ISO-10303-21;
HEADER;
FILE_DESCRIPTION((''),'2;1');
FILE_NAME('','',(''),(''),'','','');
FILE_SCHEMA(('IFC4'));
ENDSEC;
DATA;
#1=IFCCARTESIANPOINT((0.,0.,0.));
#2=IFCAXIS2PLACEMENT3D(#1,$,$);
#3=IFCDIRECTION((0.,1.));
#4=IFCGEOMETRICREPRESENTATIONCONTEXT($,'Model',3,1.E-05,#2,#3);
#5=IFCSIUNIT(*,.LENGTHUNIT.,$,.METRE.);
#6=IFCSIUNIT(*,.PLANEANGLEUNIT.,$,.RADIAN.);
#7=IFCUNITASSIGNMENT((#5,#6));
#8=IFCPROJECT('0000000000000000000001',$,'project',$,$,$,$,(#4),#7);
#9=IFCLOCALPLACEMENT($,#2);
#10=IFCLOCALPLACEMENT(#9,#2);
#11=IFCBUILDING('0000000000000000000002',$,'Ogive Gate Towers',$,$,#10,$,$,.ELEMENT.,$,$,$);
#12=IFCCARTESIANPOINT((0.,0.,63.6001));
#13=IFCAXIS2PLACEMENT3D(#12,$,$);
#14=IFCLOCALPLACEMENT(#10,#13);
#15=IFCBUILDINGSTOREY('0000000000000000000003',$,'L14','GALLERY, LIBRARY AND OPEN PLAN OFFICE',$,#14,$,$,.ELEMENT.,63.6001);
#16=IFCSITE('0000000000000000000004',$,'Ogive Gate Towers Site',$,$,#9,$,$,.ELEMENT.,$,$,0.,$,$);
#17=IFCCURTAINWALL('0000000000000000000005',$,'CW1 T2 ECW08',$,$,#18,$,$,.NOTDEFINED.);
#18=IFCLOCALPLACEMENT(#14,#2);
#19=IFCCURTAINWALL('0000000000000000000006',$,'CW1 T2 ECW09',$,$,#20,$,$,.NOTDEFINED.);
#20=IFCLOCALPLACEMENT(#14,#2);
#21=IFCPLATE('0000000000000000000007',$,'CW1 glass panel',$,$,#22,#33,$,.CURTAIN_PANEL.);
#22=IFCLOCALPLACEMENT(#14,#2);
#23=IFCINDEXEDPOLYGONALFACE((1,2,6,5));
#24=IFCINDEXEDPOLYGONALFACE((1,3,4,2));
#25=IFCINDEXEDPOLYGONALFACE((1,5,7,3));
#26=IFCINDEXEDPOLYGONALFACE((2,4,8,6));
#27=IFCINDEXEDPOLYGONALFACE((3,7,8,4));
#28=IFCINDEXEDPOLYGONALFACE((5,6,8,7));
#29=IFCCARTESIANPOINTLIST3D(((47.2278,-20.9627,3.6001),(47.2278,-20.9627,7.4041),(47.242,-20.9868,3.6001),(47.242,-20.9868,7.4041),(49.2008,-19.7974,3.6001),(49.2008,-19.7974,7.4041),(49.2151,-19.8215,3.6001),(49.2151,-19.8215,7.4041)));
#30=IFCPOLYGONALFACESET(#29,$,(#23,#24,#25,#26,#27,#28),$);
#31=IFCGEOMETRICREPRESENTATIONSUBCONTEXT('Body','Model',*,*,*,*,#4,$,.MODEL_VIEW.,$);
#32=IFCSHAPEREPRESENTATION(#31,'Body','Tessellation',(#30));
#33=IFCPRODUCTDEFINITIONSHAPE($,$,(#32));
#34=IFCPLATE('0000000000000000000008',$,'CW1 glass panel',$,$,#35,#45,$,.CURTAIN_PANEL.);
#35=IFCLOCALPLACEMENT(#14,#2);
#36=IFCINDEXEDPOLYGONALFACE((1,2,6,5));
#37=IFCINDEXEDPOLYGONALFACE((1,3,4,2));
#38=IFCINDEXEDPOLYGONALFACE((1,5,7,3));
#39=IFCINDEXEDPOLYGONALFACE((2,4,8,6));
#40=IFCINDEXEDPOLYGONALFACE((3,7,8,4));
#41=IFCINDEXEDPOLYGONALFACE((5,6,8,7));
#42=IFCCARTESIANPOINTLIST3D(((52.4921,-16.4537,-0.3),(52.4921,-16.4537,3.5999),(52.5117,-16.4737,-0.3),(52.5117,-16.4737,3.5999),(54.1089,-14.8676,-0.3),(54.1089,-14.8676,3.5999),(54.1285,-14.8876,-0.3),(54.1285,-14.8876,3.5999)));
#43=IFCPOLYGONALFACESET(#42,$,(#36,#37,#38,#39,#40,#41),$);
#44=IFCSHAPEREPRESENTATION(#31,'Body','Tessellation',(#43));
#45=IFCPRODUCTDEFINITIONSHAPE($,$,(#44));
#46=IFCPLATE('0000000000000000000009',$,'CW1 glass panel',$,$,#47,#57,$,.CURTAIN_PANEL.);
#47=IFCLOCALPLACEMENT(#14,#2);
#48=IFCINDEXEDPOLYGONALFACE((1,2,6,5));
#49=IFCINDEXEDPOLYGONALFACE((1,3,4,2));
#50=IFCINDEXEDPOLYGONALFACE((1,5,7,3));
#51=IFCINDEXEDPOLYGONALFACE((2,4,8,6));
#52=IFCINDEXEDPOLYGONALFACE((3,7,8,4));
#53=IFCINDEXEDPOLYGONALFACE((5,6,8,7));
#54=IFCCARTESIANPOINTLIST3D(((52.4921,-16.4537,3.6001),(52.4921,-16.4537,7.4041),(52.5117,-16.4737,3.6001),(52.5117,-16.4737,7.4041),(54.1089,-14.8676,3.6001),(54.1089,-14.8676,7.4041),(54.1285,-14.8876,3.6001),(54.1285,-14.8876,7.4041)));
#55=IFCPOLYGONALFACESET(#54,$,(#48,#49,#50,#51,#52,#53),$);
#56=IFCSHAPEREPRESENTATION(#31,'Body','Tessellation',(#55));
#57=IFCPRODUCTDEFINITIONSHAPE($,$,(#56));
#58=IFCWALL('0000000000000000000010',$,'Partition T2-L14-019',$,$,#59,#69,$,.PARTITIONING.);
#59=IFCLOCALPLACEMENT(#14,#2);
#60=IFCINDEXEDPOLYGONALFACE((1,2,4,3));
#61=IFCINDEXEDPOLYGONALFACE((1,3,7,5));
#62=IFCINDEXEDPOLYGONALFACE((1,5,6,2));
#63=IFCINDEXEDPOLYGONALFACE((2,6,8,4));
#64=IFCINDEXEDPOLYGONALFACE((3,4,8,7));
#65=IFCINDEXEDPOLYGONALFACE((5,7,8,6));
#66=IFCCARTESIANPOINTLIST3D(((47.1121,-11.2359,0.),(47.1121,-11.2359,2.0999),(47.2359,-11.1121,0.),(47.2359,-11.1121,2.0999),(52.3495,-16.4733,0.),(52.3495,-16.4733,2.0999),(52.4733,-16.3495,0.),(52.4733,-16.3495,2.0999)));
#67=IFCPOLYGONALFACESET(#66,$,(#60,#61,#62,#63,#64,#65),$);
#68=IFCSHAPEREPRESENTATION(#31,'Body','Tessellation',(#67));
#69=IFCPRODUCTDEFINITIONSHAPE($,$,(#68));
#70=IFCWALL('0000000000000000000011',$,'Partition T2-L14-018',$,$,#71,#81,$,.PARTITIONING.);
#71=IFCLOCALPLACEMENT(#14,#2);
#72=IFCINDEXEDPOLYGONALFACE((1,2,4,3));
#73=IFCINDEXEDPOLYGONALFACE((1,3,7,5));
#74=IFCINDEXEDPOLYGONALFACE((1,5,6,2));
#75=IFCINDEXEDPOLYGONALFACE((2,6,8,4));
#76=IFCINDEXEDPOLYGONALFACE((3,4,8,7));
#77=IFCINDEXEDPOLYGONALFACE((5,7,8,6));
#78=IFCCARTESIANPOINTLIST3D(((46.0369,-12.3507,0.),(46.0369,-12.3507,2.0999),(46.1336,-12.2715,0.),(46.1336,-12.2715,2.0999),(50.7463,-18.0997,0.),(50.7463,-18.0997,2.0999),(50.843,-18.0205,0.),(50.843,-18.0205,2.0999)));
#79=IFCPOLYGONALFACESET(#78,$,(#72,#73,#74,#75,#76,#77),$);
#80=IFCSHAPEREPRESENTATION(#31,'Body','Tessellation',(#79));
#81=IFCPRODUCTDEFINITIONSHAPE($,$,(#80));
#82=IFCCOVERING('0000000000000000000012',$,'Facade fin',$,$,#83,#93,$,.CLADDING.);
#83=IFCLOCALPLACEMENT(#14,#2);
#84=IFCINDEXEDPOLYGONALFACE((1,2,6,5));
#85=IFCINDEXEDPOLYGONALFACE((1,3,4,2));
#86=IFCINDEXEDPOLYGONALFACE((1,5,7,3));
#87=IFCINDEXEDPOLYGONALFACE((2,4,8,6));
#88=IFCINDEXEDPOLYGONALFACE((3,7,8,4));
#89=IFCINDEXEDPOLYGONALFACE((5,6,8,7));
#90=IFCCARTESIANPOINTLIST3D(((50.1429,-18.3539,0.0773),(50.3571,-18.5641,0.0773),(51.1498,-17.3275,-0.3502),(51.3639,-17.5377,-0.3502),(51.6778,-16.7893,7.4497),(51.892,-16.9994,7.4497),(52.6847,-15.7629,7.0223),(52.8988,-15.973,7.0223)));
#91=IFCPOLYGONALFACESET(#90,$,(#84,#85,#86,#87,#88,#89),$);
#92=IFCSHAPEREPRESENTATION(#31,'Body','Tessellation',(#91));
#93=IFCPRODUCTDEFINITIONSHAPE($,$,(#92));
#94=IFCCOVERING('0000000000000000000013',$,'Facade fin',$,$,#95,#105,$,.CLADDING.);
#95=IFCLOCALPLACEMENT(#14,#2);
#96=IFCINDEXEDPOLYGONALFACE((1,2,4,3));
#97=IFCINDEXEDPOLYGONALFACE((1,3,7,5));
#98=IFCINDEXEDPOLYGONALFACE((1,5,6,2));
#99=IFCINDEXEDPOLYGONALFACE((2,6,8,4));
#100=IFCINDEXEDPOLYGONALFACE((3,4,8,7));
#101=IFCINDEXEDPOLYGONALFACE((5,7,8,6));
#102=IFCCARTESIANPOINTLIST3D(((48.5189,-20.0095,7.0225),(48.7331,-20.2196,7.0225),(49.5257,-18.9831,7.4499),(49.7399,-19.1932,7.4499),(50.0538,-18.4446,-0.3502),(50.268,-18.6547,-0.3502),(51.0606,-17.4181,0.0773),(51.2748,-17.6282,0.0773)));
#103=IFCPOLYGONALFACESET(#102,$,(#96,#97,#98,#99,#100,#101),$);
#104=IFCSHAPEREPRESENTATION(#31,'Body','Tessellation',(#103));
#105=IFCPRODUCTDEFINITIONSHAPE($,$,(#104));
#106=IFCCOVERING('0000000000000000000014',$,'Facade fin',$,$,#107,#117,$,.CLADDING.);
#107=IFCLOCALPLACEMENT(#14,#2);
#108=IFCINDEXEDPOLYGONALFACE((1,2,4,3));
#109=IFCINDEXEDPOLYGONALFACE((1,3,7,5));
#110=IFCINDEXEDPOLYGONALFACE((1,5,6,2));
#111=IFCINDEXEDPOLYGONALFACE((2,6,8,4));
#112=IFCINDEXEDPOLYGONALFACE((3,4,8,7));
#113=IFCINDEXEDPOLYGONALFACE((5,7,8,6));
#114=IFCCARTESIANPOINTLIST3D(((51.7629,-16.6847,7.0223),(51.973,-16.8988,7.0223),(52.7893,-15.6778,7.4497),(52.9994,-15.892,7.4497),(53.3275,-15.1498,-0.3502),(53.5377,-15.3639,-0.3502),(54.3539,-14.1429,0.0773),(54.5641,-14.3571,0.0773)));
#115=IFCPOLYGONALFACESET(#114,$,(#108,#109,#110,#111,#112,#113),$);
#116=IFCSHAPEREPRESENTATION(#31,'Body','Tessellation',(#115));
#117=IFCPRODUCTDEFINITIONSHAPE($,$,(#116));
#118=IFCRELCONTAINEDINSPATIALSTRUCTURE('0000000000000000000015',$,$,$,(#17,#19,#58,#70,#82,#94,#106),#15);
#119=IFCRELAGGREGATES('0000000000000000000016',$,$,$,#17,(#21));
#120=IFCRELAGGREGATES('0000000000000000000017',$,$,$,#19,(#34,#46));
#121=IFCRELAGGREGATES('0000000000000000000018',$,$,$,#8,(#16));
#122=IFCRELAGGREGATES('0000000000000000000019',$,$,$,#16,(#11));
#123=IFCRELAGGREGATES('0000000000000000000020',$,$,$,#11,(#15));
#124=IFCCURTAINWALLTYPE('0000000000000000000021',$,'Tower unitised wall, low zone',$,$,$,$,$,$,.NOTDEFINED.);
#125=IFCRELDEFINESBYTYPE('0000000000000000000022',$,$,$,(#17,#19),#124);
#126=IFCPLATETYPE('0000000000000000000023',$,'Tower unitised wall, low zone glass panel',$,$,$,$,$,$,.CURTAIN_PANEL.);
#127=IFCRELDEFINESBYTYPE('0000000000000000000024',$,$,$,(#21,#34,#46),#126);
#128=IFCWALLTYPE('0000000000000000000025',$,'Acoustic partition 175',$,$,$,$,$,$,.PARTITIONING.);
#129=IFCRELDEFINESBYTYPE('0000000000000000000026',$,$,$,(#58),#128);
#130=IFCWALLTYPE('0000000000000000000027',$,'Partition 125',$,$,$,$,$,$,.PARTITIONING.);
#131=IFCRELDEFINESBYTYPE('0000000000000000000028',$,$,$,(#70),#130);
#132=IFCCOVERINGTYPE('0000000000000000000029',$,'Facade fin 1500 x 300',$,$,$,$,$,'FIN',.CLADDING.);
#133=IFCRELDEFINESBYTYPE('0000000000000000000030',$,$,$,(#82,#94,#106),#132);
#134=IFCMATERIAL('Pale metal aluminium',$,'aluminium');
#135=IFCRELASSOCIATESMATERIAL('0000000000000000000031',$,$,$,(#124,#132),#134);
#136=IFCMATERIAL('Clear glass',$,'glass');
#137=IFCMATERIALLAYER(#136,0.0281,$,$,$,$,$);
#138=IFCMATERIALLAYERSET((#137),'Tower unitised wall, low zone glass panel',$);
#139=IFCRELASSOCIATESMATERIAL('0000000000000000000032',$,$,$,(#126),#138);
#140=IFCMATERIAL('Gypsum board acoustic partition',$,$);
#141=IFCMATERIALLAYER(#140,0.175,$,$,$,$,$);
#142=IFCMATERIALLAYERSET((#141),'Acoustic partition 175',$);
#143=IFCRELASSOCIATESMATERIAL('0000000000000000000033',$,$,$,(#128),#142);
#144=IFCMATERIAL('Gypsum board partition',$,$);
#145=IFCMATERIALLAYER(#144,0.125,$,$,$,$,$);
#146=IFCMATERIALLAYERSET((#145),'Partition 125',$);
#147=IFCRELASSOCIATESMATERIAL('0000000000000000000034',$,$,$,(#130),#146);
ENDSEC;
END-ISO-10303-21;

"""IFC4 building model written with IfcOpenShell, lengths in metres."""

from ifc_helpers import new_model, si_unit, direction, frame, frame_2d, origin, origin_2d, place, context, subcontext, project, spatial, rectangle, extrude, material, layer, layer_set, material_profile, profile_set, type_object, element, aggregate, save


model = new_model("IFC4")

# Units and contexts
model_context = context("Model", 3, precision=1e-05, world=origin(), true_north=direction((0.0, 1.0)))
body_context = subcontext(model_context, "Body", "Model", "MODEL_VIEW")
ifc_project = project(units=[si_unit("LENGTHUNIT", "METRE"), si_unit("PLANEANGLEUNIT", "RADIAN")], contexts=[model_context])

# Site, building, storey
site_placement = place(None, origin())
site = spatial("IfcSite", under=ifc_project, at=site_placement, Name="Ogive Gate Towers Site", CompositionType="ELEMENT", RefElevation=0.0)
building_placement = place(site_placement, origin())
building = spatial("IfcBuilding", under=site, at=building_placement, Name="Ogive Gate Towers", CompositionType="ELEMENT")
storey_placement = place(building_placement, frame((0.0, 0.0, 63.6001)))
storey = spatial("IfcBuildingStorey", under=building, at=storey_placement, Name="L14", Description="GALLERY, LIBRARY AND OPEN PLAN OFFICE", CompositionType="ELEMENT", Elevation=63.6001)

# Curtain wall
ifc_material_1 = material(Name="Pale metal aluminium", Category="aluminium")
curtain_wall_type = type_object("IfcCurtainWallType", Name="Tower unitised wall, low zone", PredefinedType="NOTDEFINED", material=ifc_material_1)
curtain_wall_1_placement = place(storey_placement, origin())
curtain_wall_1 = element("IfcCurtainWall", 1, at=curtain_wall_1_placement, inside=storey, type_object=curtain_wall_type, Name="CW1 T2 ECW08", PredefinedType="NOTDEFINED")

# Curtain wall
curtain_wall_2_placement = place(storey_placement, origin())
curtain_wall_2 = element("IfcCurtainWall", 2, at=curtain_wall_2_placement, inside=storey, type_object=curtain_wall_type, Name="CW1 T2 ECW09", PredefinedType="NOTDEFINED")

# Plates
ifc_material_2 = material(Name="Clear glass", Category="glass")
ifc_layer_1 = layer(ifc_material_2, 0.0281)
ifc_layer_set_1 = layer_set([ifc_layer_1], Name="Tower unitised wall, low zone glass panel")
plate_type = type_object("IfcPlateType", Name="Tower unitised wall, low zone glass panel", PredefinedType="CURTAIN_PANEL", material=ifc_layer_set_1)
plate_1_placement = place(storey_placement, frame((48.2214, -20.3921, 3.6001), z_axis=(0.0, 0.0, 1.0), x_axis=(-0.861044, -0.508531, 0.0)))
plate_1 = element("IfcPlate", 3, at=plate_1_placement, type_object=plate_type, Name="CW1 glass panel", PredefinedType="CURTAIN_PANEL", context=body_context, shape_type="SweptSolid", body=[
    extrude(rectangle(XDim=2.2915, YDim=0.0281, at=origin_2d()), origin(), (0.0, 0.0, 1.0), 3.804),
])
aggregate(curtain_wall_1, [plate_1])
plate_2_placement = place(storey_placement, frame((53.3103, -15.6707, -0.3), z_axis=(0.0, 0.0, 1.0), x_axis=(-0.71385, -0.700299, 0.0)))
plate_2 = element("IfcPlate", 4, at=plate_2_placement, type_object=plate_type, Name="CW1 glass panel", PredefinedType="CURTAIN_PANEL", context=body_context, shape_type="SweptSolid", body=[
    extrude(rectangle(XDim=2.2649, YDim=0.0281, at=origin_2d()), origin(), (0.0, 0.0, 1.0), 3.8999),
])
plate_3_placement = place(storey_placement, frame((53.3103, -15.6707, 3.6001), z_axis=(0.0, 0.0, 1.0), x_axis=(-0.71385, -0.700299, 0.0)))
plate_3 = element("IfcPlate", 5, at=plate_3_placement, type_object=plate_type, Name="CW1 glass panel", PredefinedType="CURTAIN_PANEL", context=body_context, shape_type="SweptSolid", body=[
    extrude(rectangle(XDim=2.2649, YDim=0.0281, at=origin_2d()), origin(), (0.0, 0.0, 1.0), 3.804),
])
aggregate(curtain_wall_2, [plate_2, plate_3])

# Walls
ifc_material_3 = material(Name="Gypsum board acoustic partition")
ifc_layer_2 = layer(ifc_material_3, 0.175)
ifc_layer_set_2 = layer_set([ifc_layer_2], Name="Acoustic partition 175")
wall_type_1 = type_object("IfcWallType", Name="Acoustic partition 175", PredefinedType="PARTITIONING", material=ifc_layer_set_2)
wall_1_placement = place(storey_placement, frame((52.4114, -16.4114, 0.0), z_axis=(0.0, 0.0, 1.0), x_axis=(-0.707107, 0.707107, 0.0)))
element("IfcWall", 6, at=wall_1_placement, inside=storey, type_object=wall_type_1, Name="Partition T2-L14-019", PredefinedType="PARTITIONING", context=body_context, shape_type="SweptSolid", body=[
    extrude(rectangle(XDim=7.4067, YDim=0.175, at=frame_2d((3.7034, 0.0))), origin(), (0.0, 0.0, 1.0), 2.0999),
])
ifc_material_4 = material(Name="Gypsum board partition")
ifc_layer_3 = layer(ifc_material_4, 0.125)
ifc_layer_set_3 = layer_set([ifc_layer_3], Name="Partition 125")
wall_type_2 = type_object("IfcWallType", Name="Partition 125", PredefinedType="PARTITIONING", material=ifc_layer_set_3)
wall_2_placement = place(storey_placement, frame((50.7947, -18.0601, 0.0), z_axis=(0.0, 0.0, 1.0), x_axis=(-0.633699, 0.77358, 0.0)))
element("IfcWall", 7, at=wall_2_placement, inside=storey, type_object=wall_type_2, Name="Partition T2-L14-018", PredefinedType="PARTITIONING", context=body_context, shape_type="SweptSolid", body=[
    extrude(rectangle(XDim=7.4316, YDim=0.125, at=frame_2d((3.7158, 0.0))), origin(), (0.0, 0.0, 1.0), 2.0999),
])

# Coverings
ifc_material_profile_1 = material_profile(ifc_material_1, rectangle(XDim=0.3, YDim=1.5, at=origin_2d()), Name="1500 x 300 pale metal aluminium")
ifc_profile_set_1 = profile_set([ifc_material_profile_1], Name="Pale metal aluminium")
covering_type = type_object("IfcCoveringType", Name="Facade fin 1500 x 300", ElementType="FIN", PredefinedType="CLADDING", material=ifc_profile_set_1)
covering_1_placement = place(storey_placement, frame((50.7534, -17.9458, -0.1365), z_axis=(0.19956, 0.203433, 0.958536), x_axis=(-0.713869, 0.70028, 0.0)))
element("IfcCovering", 8, at=covering_1_placement, inside=storey, type_object=covering_type, Name="Facade fin", PredefinedType="CLADDING", context=body_context, shape_type="SweptSolid", body=[
    extrude(rectangle(XDim=0.3, YDim=1.5, at=origin_2d()), origin(), (0.0, 0.0, 1.0), 7.6914),
])
covering_2_placement = place(storey_placement, frame((50.6643, -18.0364, -0.1365), z_axis=(-0.199559, -0.203463, 0.95853), x_axis=(0.713923, -0.700224, 0.0)))
element("IfcCovering", 9, at=covering_2_placement, inside=storey, type_object=covering_type, Name="Facade fin", PredefinedType="CLADDING", context=body_context, shape_type="SweptSolid", body=[
    extrude(rectangle(XDim=0.3, YDim=1.5, at=origin_2d()), origin(), (0.0, 0.0, 1.0), 7.6917),
])
covering_3_placement = place(storey_placement, frame((53.9458, -14.7534, -0.1365), z_axis=(-0.203433, -0.19956, 0.958536), x_axis=(0.70028, -0.713869, 0.0)))
element("IfcCovering", 10, at=covering_3_placement, inside=storey, type_object=covering_type, Name="Facade fin", PredefinedType="CLADDING", context=body_context, shape_type="SweptSolid", body=[
    extrude(rectangle(XDim=0.3, YDim=1.5, at=origin_2d()), origin(), (0.0, 0.0, 1.0), 7.6914),
])

save(model, "model.ifc")
